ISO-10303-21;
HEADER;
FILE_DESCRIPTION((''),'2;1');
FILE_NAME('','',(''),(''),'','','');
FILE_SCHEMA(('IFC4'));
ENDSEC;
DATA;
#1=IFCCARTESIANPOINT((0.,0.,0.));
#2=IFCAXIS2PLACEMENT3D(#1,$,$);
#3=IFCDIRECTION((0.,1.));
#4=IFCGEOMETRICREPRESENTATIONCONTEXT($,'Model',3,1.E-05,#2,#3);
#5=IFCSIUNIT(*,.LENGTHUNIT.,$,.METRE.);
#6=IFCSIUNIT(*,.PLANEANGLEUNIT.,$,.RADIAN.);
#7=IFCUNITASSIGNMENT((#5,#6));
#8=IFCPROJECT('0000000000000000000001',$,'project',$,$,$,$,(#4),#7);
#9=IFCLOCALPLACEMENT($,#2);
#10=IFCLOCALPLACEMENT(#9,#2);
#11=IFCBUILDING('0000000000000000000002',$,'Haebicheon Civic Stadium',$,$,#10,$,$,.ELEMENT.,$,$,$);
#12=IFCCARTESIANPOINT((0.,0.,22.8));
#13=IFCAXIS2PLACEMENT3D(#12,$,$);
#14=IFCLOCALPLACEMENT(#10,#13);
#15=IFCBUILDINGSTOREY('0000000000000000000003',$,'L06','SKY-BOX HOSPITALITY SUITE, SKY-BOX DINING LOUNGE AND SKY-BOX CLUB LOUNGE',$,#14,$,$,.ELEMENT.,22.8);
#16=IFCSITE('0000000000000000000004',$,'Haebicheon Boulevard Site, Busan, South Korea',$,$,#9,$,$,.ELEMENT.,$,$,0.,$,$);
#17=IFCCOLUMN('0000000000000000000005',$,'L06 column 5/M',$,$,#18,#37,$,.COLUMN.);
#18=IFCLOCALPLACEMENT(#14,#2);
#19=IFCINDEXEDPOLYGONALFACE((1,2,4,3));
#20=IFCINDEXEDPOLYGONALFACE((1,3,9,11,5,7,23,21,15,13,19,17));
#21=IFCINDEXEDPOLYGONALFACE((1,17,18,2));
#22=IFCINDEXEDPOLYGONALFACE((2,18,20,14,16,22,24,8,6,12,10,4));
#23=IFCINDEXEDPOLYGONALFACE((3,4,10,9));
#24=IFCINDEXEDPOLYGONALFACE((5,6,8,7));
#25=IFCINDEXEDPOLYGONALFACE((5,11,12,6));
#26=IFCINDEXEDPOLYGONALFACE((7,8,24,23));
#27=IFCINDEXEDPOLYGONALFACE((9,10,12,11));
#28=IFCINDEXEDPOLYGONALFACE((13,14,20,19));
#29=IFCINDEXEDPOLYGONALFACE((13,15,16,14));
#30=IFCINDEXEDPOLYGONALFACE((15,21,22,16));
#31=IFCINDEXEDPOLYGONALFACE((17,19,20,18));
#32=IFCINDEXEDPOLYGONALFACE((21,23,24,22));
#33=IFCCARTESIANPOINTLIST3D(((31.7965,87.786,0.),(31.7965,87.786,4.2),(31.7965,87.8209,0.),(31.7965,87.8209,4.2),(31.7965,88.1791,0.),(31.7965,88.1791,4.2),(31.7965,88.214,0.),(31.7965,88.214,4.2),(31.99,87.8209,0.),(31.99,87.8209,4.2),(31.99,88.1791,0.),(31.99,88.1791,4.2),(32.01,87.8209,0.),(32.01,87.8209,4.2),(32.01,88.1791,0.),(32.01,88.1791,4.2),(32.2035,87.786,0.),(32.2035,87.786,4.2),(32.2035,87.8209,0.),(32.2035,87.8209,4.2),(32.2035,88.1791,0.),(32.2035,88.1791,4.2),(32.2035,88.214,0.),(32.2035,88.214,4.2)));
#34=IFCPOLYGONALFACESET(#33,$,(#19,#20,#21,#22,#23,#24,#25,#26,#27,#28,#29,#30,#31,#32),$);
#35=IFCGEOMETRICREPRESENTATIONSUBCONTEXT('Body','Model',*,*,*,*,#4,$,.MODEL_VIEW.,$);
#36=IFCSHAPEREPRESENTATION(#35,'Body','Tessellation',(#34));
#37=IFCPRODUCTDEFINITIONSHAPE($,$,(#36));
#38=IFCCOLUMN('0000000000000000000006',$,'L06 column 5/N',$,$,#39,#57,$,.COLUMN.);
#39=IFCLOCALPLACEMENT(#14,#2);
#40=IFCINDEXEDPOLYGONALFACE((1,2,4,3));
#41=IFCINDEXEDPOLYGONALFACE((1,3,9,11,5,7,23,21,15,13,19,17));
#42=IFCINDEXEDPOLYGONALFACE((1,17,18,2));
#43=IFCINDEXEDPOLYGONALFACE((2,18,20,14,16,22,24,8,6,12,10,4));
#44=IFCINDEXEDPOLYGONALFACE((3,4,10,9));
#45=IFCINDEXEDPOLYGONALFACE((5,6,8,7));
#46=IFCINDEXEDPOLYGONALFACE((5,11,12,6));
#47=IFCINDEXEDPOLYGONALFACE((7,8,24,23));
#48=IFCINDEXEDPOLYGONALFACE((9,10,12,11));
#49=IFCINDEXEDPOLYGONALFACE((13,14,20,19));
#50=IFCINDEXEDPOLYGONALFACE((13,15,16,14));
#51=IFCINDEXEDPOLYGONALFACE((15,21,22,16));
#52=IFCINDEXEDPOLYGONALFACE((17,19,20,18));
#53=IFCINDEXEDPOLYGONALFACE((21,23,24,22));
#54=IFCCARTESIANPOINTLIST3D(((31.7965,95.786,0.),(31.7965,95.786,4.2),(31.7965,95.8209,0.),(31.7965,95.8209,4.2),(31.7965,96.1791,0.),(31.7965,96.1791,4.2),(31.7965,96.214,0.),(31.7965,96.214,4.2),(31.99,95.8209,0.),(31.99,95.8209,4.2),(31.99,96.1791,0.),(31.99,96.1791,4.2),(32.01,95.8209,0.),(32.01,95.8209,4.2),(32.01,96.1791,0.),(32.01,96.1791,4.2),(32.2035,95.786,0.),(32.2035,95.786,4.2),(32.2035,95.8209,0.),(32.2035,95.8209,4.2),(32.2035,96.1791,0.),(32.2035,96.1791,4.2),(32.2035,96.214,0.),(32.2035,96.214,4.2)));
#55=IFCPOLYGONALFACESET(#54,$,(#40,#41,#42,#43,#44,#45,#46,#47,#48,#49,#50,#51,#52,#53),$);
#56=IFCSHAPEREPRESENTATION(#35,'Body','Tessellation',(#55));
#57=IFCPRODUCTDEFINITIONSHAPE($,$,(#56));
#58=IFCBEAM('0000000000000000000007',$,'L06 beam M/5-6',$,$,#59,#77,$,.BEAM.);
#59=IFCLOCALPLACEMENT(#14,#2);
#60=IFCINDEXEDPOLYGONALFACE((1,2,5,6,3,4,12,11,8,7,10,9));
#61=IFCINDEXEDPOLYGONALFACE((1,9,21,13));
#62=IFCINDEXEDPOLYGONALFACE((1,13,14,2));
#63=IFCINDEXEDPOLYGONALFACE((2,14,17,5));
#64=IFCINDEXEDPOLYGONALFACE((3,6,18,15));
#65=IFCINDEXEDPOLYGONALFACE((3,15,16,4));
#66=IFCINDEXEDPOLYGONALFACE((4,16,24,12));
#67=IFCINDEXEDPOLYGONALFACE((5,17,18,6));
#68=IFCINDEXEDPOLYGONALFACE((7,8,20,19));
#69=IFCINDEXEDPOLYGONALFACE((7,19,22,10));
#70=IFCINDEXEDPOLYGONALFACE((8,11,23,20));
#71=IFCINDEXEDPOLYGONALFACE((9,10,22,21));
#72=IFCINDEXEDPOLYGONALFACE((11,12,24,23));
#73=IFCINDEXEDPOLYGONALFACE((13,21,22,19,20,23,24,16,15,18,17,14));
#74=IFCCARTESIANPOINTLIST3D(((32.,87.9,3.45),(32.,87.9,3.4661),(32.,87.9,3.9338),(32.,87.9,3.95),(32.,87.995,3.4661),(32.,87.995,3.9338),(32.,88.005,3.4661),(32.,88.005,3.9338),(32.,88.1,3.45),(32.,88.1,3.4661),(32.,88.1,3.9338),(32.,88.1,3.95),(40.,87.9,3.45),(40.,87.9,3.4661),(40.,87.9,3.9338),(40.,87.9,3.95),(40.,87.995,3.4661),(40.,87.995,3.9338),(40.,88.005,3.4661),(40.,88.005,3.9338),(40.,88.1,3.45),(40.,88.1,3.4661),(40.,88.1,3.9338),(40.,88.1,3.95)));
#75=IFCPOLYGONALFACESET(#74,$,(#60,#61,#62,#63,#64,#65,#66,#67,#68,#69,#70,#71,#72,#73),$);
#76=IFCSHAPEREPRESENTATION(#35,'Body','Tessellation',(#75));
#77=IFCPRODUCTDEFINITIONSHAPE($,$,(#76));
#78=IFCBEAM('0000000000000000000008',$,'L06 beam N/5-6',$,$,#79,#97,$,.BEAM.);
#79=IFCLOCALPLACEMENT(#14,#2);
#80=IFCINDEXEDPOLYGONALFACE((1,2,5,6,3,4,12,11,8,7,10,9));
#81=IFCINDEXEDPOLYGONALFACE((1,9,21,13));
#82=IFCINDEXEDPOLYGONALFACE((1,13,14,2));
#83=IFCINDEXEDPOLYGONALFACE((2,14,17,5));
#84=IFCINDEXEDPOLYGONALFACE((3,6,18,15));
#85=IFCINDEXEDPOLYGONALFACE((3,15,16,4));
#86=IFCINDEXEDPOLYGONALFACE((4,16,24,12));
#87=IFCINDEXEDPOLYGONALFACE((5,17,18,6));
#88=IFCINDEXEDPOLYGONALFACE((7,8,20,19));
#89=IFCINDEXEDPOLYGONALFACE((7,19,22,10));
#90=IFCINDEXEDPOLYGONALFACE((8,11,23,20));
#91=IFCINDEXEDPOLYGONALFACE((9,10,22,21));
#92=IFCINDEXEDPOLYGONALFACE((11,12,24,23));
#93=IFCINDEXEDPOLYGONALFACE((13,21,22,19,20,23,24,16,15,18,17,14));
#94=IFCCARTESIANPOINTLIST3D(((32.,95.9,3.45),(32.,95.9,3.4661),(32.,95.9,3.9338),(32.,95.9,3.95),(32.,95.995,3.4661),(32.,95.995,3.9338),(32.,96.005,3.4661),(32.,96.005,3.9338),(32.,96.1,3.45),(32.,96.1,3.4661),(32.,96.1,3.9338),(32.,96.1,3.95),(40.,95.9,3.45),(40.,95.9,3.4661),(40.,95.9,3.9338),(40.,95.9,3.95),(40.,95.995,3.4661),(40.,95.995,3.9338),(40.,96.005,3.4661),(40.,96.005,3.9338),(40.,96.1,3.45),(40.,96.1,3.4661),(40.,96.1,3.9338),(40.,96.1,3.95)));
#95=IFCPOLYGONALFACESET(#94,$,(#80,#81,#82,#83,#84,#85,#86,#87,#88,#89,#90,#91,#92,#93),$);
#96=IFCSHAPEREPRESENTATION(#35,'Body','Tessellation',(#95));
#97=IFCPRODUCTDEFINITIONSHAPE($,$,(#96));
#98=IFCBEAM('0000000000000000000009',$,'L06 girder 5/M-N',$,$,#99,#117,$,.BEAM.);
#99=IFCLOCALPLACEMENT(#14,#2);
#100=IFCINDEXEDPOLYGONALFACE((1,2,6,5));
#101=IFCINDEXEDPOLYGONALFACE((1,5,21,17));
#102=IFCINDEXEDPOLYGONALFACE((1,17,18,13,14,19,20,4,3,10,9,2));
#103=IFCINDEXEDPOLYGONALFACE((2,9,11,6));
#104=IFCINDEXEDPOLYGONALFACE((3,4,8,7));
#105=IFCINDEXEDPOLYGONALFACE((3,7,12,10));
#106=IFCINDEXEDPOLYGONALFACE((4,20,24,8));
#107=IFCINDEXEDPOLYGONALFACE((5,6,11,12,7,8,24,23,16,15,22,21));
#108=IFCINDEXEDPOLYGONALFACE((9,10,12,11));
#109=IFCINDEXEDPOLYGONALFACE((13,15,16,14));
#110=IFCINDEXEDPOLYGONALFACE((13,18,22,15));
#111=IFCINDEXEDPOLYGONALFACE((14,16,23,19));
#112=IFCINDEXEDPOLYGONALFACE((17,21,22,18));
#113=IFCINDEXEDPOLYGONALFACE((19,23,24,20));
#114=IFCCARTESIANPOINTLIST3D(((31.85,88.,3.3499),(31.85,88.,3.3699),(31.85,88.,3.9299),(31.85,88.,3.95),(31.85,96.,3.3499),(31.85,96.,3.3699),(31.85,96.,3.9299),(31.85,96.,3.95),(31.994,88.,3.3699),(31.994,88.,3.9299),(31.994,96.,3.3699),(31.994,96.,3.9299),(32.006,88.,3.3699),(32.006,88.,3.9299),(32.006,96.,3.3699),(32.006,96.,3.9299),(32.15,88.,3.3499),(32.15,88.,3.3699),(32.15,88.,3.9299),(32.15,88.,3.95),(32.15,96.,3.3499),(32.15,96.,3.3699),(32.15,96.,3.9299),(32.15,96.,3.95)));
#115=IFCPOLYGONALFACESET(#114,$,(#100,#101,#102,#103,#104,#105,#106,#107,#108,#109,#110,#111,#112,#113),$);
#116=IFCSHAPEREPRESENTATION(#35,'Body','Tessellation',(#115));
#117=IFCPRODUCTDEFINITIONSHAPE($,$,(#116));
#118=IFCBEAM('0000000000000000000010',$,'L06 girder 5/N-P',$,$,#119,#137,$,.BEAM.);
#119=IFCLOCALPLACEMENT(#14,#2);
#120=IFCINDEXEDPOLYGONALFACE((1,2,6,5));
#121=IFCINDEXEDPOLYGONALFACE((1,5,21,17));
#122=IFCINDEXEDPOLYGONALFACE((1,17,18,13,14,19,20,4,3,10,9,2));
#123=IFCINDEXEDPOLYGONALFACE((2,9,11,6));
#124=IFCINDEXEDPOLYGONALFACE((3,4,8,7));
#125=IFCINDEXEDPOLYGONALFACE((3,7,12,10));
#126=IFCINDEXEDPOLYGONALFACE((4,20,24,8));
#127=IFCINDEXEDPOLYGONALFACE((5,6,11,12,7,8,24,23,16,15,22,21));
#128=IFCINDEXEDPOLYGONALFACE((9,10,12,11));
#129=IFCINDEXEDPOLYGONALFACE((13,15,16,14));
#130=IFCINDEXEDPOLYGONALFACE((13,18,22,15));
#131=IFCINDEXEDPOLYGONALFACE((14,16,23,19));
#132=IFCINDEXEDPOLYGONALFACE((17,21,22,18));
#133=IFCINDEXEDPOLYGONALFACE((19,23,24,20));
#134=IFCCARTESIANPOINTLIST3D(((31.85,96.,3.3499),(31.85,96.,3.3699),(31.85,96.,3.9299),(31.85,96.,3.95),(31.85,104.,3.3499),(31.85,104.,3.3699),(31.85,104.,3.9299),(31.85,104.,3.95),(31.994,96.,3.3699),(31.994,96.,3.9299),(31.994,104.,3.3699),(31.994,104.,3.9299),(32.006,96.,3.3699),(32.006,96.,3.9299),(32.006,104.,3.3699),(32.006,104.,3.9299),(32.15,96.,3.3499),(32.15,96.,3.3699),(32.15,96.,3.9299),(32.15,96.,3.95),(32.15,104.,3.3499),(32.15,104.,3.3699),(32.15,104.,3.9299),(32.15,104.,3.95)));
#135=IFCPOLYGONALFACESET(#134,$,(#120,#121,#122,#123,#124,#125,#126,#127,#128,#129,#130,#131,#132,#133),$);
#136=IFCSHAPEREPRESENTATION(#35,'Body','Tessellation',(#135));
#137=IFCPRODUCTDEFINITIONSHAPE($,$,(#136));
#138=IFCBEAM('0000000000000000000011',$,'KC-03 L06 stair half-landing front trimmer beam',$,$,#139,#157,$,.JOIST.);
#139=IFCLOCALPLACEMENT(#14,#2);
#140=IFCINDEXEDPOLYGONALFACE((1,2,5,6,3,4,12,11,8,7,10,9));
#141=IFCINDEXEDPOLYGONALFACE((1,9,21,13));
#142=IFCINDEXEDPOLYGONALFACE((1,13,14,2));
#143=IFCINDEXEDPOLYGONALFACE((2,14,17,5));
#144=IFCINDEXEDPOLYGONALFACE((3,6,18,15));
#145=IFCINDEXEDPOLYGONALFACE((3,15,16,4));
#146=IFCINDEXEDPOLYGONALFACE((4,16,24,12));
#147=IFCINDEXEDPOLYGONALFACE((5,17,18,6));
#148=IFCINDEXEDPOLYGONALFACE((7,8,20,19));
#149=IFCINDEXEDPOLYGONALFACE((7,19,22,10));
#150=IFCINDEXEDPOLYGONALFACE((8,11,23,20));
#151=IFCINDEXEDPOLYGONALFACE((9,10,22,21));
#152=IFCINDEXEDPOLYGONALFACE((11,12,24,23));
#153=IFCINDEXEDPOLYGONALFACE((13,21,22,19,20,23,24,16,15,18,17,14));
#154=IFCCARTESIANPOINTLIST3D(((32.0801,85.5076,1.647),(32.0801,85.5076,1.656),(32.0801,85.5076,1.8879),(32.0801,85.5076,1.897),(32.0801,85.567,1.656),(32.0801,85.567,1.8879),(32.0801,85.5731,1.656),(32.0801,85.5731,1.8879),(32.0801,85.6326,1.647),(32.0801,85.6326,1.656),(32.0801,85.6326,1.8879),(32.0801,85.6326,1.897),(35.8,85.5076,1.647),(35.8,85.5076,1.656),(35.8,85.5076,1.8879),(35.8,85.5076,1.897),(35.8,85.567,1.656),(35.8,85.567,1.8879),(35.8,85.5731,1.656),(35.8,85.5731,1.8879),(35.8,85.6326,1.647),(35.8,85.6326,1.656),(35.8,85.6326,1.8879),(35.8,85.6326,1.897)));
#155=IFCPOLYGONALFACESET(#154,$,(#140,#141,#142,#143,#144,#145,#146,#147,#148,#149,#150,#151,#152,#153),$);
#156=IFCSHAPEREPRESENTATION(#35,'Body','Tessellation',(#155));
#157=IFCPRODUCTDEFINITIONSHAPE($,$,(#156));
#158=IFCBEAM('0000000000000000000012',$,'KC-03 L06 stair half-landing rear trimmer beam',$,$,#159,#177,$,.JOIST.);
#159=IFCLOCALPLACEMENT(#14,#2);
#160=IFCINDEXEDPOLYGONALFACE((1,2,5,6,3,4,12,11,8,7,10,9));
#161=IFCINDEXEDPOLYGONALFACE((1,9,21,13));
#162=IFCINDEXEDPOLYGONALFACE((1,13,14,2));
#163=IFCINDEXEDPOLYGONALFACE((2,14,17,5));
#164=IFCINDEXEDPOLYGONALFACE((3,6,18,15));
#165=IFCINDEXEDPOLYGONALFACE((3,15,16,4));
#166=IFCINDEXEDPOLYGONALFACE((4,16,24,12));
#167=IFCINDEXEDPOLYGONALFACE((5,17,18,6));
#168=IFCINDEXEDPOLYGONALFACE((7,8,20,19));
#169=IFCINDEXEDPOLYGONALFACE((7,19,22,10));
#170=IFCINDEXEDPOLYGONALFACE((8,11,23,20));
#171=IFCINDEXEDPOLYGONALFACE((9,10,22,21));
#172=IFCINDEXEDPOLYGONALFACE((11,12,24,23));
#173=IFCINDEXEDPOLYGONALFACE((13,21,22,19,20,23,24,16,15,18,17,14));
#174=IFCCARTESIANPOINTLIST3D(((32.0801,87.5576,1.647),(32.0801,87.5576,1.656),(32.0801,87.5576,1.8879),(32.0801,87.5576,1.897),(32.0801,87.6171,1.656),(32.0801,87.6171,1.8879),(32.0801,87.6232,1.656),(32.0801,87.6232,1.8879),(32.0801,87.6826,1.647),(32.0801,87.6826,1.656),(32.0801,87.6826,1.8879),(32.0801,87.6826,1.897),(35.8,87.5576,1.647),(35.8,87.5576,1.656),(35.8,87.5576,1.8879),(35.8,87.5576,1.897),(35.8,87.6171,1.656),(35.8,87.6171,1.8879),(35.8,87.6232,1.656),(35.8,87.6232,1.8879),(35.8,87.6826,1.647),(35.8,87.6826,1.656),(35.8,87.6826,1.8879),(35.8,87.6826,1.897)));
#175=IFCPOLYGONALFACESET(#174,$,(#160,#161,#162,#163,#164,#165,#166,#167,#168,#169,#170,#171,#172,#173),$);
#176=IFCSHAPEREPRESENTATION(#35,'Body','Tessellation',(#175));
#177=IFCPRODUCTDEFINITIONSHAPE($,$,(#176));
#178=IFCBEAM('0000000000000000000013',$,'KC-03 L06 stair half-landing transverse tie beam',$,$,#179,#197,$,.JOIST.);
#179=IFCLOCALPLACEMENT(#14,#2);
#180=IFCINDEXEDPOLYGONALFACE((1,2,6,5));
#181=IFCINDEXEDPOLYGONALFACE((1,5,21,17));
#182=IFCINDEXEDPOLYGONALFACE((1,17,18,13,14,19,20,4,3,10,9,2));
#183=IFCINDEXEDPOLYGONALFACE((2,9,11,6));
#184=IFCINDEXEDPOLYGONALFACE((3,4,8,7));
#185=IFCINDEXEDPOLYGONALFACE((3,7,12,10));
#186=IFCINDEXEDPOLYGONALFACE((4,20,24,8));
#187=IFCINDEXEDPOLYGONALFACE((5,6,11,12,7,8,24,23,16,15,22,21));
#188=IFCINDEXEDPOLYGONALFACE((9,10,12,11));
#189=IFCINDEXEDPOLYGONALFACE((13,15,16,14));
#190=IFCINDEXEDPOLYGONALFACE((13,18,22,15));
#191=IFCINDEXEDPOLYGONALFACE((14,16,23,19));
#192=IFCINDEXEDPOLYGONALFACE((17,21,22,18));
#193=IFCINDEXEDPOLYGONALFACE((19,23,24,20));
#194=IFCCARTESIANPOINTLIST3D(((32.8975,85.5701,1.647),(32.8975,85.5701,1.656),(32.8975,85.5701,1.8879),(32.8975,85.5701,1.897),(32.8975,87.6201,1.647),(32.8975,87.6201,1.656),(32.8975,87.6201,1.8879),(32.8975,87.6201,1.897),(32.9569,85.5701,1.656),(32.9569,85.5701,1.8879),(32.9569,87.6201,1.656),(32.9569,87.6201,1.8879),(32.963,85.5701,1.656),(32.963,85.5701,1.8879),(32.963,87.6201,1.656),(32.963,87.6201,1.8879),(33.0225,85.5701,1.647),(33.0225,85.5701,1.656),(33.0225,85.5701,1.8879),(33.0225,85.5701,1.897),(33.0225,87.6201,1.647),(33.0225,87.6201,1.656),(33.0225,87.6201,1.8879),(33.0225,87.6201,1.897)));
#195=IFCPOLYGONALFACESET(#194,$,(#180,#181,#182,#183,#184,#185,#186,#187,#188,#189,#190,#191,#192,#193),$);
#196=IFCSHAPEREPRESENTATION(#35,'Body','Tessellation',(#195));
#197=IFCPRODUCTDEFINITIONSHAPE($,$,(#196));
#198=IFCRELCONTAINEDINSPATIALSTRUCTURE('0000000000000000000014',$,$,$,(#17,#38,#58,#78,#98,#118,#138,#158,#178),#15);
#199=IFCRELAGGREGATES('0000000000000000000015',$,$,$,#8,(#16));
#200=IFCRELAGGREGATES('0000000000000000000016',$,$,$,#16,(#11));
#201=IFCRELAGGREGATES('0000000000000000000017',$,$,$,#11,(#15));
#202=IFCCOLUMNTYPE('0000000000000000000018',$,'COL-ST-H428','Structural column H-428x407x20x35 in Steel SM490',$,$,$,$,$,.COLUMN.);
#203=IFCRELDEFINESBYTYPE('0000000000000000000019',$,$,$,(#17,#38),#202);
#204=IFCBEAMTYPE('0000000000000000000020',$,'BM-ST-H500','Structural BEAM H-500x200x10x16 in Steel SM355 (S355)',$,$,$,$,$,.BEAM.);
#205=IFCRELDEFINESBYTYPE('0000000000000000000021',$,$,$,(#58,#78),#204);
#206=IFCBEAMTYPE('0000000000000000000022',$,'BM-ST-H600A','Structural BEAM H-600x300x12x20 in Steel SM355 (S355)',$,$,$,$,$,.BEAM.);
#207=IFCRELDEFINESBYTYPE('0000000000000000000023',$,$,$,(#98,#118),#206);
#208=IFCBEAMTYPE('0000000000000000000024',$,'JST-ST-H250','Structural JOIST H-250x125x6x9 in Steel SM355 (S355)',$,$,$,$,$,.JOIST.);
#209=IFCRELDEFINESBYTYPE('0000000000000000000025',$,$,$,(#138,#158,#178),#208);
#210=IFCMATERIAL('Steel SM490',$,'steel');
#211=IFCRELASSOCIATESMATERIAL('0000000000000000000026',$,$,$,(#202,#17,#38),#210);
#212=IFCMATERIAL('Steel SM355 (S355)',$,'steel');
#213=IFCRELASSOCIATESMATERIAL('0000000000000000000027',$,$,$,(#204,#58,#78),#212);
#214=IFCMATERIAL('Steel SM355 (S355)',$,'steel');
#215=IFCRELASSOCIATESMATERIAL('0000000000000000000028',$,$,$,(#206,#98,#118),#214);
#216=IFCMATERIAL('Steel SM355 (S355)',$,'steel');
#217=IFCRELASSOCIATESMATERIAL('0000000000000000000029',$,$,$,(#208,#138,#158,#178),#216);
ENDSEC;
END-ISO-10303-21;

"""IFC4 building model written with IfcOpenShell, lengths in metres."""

from ifc_helpers import new_model, si_unit, direction, frame, origin, origin_2d, place, context, subcontext, project, spatial, i_section, extrude, material, material_profile, profile_set, type_object, element, save


model = new_model("IFC4")

# Units and contexts
model_context = context("Model", 3, precision=1e-05, world=origin(), true_north=direction((0.0, 1.0)))
body_context = subcontext(model_context, "Body", "Model", "MODEL_VIEW")
ifc_project = project(units=[si_unit("LENGTHUNIT", "METRE"), si_unit("PLANEANGLEUNIT", "RADIAN")], contexts=[model_context])

# Site, building, storey
site_placement = place(None, origin())
site = spatial("IfcSite", under=ifc_project, at=site_placement, Name="Haebicheon Boulevard Site, Busan, South Korea", CompositionType="ELEMENT", RefElevation=0.0)
building_placement = place(site_placement, origin())
building = spatial("IfcBuilding", under=site, at=building_placement, Name="Haebicheon Civic Stadium", CompositionType="ELEMENT")
storey_placement = place(building_placement, frame((0.0, 0.0, 22.8)))
storey = spatial("IfcBuildingStorey", under=building, at=storey_placement, Name="L06", Description="SKY-BOX HOSPITALITY SUITE, SKY-BOX DINING LOUNGE AND SKY-BOX CLUB LOUNGE", CompositionType="ELEMENT", Elevation=22.8)

# Columns
ifc_material_1 = material(Name="Steel SM490", Category="steel")
ifc_material_profile_1 = material_profile(ifc_material_1, i_section(OverallWidth=0.407, OverallDepth=0.428, WebThickness=0.02, FlangeThickness=0.0349, at=origin_2d()), Name="H-428x407x20x35")
ifc_profile_set_1 = profile_set([ifc_material_profile_1], Name="Steel SM490")
column_type = type_object("IfcColumnType", Name="COL-ST-H428", Description="Structural column H-428x407x20x35 in Steel SM490", PredefinedType="COLUMN", material=ifc_profile_set_1)
for number, where, z_axis, x_axis, name in (
    (1, (32.0, 88.0, 0.0), (0.0, 0.0, 1.0), (1.0, 0.0, 0.0), "L06 column 5/M"),
    (2, (32.0, 96.0, 0.0), (0.0, 0.0, 1.0), (1.0, 0.0, 0.0), "L06 column 5/N"),
):
    element("IfcColumn", number, at=place(storey_placement, frame(where, z_axis=z_axis, x_axis=x_axis)), inside=storey, type_object=column_type, material=ifc_profile_set_1, Name=name, PredefinedType="COLUMN", context=body_context, shape_type="SweptSolid", body=[
        extrude(i_section(OverallWidth=0.407, OverallDepth=0.428, WebThickness=0.02, FlangeThickness=0.0349, at=origin_2d()), origin(), (0.0, 0.0, 1.0), 4.2),
    ])

# Beams
ifc_material_2 = material(Name="Steel SM355 (S355)", Category="steel")
ifc_material_profile_2 = material_profile(ifc_material_2, i_section(OverallWidth=0.2, OverallDepth=0.5, WebThickness=0.01, FlangeThickness=0.0161, at=origin_2d()), Name="H-500x200x10x16")
ifc_profile_set_2 = profile_set([ifc_material_profile_2], Name="Steel SM355 (S355)")
beam_type_1 = type_object("IfcBeamType", Name="BM-ST-H500", Description="Structural BEAM H-500x200x10x16 in Steel SM355 (S355)", PredefinedType="BEAM", material=ifc_profile_set_2)
for number, where, z_axis, x_axis, name in (
    (3, (32.0, 88.0, 3.7), (1.0, 0.0, 0.0), (0.0, 1.0, 0.0), "L06 beam M/5-6"),
    (4, (32.0, 96.0, 3.7), (1.0, 0.0, 0.0), (0.0, 1.0, 0.0), "L06 beam N/5-6"),
):
    element("IfcBeam", number, at=place(storey_placement, frame(where, z_axis=z_axis, x_axis=x_axis)), inside=storey, type_object=beam_type_1, material=ifc_profile_set_2, Name=name, PredefinedType="BEAM", context=body_context, shape_type="SweptSolid", body=[
        extrude(i_section(OverallWidth=0.2, OverallDepth=0.5, WebThickness=0.01, FlangeThickness=0.0161, at=origin_2d()), origin(), (0.0, 0.0, 1.0), 8.0),
    ])
ifc_material_3 = material(Name="Steel SM355 (S355)", Category="steel")
ifc_material_profile_3 = material_profile(ifc_material_3, i_section(OverallWidth=0.3, OverallDepth=0.6001, WebThickness=0.012, FlangeThickness=0.02, at=origin_2d()), Name="H-600x300x12x20")
ifc_profile_set_3 = profile_set([ifc_material_profile_3], Name="Steel SM355 (S355)")
beam_type_2 = type_object("IfcBeamType", Name="BM-ST-H600A", Description="Structural BEAM H-600x300x12x20 in Steel SM355 (S355)", PredefinedType="BEAM", material=ifc_profile_set_3)
for number, where, z_axis, x_axis, name in (
    (5, (32.0, 88.0, 3.6499), (0.0, 1.0, 0.0), (-1.0, 0.0, 0.0), "L06 girder 5/M-N"),
    (6, (32.0, 96.0, 3.6499), (0.0, 1.0, 0.0), (-1.0, 0.0, 0.0), "L06 girder 5/N-P"),
):
    element("IfcBeam", number, at=place(storey_placement, frame(where, z_axis=z_axis, x_axis=x_axis)), inside=storey, type_object=beam_type_2, material=ifc_profile_set_3, Name=name, PredefinedType="BEAM", context=body_context, shape_type="SweptSolid", body=[
        extrude(i_section(OverallWidth=0.3, OverallDepth=0.6001, WebThickness=0.012, FlangeThickness=0.02, at=origin_2d()), origin(), (0.0, 0.0, 1.0), 8.0),
    ])
ifc_material_4 = material(Name="Steel SM355 (S355)", Category="steel")
ifc_material_profile_4 = material_profile(ifc_material_4, i_section(OverallWidth=0.125, OverallDepth=0.25, WebThickness=0.0061, FlangeThickness=0.009, at=origin_2d()), Name="H-250x125x6x9")
ifc_profile_set_4 = profile_set([ifc_material_profile_4], Name="Steel SM355 (S355)")
beam_type_3 = type_object("IfcBeamType", Name="JST-ST-H250", Description="Structural JOIST H-250x125x6x9 in Steel SM355 (S355)", PredefinedType="JOIST", material=ifc_profile_set_4)
for number, where, z_axis, x_axis, name in (
    (7, (32.0801, 85.5701, 1.772), (1.0, 0.0, 0.0), (0.0, 1.0, 0.0), "KC-03 L06 stair half-landing front trimmer beam"),
    (8, (32.0801, 87.6201, 1.772), (1.0, 0.0, 0.0), (0.0, 1.0, 0.0), "KC-03 L06 stair half-landing rear trimmer beam"),
):
    element("IfcBeam", number, at=place(storey_placement, frame(where, z_axis=z_axis, x_axis=x_axis)), inside=storey, type_object=beam_type_3, material=ifc_profile_set_4, Name=name, PredefinedType="JOIST", context=body_context, shape_type="SweptSolid", body=[
        extrude(i_section(OverallWidth=0.125, OverallDepth=0.25, WebThickness=0.0061, FlangeThickness=0.009, at=origin_2d()), origin(), (0.0, 0.0, 1.0), 3.72),
    ])
beam_1_placement = place(storey_placement, frame((32.96, 85.5701, 1.772), z_axis=(0.0, 1.0, 0.0), x_axis=(-1.0, 0.0, 0.0)))
element("IfcBeam", 9, at=beam_1_placement, inside=storey, type_object=beam_type_3, material=ifc_profile_set_4, Name="KC-03 L06 stair half-landing transverse tie beam", PredefinedType="JOIST", context=body_context, shape_type="SweptSolid", body=[
    extrude(i_section(OverallWidth=0.125, OverallDepth=0.25, WebThickness=0.0061, FlangeThickness=0.009, at=origin_2d()), origin(), (0.0, 0.0, 1.0), 2.05),
])

save(model, "model.ifc")
